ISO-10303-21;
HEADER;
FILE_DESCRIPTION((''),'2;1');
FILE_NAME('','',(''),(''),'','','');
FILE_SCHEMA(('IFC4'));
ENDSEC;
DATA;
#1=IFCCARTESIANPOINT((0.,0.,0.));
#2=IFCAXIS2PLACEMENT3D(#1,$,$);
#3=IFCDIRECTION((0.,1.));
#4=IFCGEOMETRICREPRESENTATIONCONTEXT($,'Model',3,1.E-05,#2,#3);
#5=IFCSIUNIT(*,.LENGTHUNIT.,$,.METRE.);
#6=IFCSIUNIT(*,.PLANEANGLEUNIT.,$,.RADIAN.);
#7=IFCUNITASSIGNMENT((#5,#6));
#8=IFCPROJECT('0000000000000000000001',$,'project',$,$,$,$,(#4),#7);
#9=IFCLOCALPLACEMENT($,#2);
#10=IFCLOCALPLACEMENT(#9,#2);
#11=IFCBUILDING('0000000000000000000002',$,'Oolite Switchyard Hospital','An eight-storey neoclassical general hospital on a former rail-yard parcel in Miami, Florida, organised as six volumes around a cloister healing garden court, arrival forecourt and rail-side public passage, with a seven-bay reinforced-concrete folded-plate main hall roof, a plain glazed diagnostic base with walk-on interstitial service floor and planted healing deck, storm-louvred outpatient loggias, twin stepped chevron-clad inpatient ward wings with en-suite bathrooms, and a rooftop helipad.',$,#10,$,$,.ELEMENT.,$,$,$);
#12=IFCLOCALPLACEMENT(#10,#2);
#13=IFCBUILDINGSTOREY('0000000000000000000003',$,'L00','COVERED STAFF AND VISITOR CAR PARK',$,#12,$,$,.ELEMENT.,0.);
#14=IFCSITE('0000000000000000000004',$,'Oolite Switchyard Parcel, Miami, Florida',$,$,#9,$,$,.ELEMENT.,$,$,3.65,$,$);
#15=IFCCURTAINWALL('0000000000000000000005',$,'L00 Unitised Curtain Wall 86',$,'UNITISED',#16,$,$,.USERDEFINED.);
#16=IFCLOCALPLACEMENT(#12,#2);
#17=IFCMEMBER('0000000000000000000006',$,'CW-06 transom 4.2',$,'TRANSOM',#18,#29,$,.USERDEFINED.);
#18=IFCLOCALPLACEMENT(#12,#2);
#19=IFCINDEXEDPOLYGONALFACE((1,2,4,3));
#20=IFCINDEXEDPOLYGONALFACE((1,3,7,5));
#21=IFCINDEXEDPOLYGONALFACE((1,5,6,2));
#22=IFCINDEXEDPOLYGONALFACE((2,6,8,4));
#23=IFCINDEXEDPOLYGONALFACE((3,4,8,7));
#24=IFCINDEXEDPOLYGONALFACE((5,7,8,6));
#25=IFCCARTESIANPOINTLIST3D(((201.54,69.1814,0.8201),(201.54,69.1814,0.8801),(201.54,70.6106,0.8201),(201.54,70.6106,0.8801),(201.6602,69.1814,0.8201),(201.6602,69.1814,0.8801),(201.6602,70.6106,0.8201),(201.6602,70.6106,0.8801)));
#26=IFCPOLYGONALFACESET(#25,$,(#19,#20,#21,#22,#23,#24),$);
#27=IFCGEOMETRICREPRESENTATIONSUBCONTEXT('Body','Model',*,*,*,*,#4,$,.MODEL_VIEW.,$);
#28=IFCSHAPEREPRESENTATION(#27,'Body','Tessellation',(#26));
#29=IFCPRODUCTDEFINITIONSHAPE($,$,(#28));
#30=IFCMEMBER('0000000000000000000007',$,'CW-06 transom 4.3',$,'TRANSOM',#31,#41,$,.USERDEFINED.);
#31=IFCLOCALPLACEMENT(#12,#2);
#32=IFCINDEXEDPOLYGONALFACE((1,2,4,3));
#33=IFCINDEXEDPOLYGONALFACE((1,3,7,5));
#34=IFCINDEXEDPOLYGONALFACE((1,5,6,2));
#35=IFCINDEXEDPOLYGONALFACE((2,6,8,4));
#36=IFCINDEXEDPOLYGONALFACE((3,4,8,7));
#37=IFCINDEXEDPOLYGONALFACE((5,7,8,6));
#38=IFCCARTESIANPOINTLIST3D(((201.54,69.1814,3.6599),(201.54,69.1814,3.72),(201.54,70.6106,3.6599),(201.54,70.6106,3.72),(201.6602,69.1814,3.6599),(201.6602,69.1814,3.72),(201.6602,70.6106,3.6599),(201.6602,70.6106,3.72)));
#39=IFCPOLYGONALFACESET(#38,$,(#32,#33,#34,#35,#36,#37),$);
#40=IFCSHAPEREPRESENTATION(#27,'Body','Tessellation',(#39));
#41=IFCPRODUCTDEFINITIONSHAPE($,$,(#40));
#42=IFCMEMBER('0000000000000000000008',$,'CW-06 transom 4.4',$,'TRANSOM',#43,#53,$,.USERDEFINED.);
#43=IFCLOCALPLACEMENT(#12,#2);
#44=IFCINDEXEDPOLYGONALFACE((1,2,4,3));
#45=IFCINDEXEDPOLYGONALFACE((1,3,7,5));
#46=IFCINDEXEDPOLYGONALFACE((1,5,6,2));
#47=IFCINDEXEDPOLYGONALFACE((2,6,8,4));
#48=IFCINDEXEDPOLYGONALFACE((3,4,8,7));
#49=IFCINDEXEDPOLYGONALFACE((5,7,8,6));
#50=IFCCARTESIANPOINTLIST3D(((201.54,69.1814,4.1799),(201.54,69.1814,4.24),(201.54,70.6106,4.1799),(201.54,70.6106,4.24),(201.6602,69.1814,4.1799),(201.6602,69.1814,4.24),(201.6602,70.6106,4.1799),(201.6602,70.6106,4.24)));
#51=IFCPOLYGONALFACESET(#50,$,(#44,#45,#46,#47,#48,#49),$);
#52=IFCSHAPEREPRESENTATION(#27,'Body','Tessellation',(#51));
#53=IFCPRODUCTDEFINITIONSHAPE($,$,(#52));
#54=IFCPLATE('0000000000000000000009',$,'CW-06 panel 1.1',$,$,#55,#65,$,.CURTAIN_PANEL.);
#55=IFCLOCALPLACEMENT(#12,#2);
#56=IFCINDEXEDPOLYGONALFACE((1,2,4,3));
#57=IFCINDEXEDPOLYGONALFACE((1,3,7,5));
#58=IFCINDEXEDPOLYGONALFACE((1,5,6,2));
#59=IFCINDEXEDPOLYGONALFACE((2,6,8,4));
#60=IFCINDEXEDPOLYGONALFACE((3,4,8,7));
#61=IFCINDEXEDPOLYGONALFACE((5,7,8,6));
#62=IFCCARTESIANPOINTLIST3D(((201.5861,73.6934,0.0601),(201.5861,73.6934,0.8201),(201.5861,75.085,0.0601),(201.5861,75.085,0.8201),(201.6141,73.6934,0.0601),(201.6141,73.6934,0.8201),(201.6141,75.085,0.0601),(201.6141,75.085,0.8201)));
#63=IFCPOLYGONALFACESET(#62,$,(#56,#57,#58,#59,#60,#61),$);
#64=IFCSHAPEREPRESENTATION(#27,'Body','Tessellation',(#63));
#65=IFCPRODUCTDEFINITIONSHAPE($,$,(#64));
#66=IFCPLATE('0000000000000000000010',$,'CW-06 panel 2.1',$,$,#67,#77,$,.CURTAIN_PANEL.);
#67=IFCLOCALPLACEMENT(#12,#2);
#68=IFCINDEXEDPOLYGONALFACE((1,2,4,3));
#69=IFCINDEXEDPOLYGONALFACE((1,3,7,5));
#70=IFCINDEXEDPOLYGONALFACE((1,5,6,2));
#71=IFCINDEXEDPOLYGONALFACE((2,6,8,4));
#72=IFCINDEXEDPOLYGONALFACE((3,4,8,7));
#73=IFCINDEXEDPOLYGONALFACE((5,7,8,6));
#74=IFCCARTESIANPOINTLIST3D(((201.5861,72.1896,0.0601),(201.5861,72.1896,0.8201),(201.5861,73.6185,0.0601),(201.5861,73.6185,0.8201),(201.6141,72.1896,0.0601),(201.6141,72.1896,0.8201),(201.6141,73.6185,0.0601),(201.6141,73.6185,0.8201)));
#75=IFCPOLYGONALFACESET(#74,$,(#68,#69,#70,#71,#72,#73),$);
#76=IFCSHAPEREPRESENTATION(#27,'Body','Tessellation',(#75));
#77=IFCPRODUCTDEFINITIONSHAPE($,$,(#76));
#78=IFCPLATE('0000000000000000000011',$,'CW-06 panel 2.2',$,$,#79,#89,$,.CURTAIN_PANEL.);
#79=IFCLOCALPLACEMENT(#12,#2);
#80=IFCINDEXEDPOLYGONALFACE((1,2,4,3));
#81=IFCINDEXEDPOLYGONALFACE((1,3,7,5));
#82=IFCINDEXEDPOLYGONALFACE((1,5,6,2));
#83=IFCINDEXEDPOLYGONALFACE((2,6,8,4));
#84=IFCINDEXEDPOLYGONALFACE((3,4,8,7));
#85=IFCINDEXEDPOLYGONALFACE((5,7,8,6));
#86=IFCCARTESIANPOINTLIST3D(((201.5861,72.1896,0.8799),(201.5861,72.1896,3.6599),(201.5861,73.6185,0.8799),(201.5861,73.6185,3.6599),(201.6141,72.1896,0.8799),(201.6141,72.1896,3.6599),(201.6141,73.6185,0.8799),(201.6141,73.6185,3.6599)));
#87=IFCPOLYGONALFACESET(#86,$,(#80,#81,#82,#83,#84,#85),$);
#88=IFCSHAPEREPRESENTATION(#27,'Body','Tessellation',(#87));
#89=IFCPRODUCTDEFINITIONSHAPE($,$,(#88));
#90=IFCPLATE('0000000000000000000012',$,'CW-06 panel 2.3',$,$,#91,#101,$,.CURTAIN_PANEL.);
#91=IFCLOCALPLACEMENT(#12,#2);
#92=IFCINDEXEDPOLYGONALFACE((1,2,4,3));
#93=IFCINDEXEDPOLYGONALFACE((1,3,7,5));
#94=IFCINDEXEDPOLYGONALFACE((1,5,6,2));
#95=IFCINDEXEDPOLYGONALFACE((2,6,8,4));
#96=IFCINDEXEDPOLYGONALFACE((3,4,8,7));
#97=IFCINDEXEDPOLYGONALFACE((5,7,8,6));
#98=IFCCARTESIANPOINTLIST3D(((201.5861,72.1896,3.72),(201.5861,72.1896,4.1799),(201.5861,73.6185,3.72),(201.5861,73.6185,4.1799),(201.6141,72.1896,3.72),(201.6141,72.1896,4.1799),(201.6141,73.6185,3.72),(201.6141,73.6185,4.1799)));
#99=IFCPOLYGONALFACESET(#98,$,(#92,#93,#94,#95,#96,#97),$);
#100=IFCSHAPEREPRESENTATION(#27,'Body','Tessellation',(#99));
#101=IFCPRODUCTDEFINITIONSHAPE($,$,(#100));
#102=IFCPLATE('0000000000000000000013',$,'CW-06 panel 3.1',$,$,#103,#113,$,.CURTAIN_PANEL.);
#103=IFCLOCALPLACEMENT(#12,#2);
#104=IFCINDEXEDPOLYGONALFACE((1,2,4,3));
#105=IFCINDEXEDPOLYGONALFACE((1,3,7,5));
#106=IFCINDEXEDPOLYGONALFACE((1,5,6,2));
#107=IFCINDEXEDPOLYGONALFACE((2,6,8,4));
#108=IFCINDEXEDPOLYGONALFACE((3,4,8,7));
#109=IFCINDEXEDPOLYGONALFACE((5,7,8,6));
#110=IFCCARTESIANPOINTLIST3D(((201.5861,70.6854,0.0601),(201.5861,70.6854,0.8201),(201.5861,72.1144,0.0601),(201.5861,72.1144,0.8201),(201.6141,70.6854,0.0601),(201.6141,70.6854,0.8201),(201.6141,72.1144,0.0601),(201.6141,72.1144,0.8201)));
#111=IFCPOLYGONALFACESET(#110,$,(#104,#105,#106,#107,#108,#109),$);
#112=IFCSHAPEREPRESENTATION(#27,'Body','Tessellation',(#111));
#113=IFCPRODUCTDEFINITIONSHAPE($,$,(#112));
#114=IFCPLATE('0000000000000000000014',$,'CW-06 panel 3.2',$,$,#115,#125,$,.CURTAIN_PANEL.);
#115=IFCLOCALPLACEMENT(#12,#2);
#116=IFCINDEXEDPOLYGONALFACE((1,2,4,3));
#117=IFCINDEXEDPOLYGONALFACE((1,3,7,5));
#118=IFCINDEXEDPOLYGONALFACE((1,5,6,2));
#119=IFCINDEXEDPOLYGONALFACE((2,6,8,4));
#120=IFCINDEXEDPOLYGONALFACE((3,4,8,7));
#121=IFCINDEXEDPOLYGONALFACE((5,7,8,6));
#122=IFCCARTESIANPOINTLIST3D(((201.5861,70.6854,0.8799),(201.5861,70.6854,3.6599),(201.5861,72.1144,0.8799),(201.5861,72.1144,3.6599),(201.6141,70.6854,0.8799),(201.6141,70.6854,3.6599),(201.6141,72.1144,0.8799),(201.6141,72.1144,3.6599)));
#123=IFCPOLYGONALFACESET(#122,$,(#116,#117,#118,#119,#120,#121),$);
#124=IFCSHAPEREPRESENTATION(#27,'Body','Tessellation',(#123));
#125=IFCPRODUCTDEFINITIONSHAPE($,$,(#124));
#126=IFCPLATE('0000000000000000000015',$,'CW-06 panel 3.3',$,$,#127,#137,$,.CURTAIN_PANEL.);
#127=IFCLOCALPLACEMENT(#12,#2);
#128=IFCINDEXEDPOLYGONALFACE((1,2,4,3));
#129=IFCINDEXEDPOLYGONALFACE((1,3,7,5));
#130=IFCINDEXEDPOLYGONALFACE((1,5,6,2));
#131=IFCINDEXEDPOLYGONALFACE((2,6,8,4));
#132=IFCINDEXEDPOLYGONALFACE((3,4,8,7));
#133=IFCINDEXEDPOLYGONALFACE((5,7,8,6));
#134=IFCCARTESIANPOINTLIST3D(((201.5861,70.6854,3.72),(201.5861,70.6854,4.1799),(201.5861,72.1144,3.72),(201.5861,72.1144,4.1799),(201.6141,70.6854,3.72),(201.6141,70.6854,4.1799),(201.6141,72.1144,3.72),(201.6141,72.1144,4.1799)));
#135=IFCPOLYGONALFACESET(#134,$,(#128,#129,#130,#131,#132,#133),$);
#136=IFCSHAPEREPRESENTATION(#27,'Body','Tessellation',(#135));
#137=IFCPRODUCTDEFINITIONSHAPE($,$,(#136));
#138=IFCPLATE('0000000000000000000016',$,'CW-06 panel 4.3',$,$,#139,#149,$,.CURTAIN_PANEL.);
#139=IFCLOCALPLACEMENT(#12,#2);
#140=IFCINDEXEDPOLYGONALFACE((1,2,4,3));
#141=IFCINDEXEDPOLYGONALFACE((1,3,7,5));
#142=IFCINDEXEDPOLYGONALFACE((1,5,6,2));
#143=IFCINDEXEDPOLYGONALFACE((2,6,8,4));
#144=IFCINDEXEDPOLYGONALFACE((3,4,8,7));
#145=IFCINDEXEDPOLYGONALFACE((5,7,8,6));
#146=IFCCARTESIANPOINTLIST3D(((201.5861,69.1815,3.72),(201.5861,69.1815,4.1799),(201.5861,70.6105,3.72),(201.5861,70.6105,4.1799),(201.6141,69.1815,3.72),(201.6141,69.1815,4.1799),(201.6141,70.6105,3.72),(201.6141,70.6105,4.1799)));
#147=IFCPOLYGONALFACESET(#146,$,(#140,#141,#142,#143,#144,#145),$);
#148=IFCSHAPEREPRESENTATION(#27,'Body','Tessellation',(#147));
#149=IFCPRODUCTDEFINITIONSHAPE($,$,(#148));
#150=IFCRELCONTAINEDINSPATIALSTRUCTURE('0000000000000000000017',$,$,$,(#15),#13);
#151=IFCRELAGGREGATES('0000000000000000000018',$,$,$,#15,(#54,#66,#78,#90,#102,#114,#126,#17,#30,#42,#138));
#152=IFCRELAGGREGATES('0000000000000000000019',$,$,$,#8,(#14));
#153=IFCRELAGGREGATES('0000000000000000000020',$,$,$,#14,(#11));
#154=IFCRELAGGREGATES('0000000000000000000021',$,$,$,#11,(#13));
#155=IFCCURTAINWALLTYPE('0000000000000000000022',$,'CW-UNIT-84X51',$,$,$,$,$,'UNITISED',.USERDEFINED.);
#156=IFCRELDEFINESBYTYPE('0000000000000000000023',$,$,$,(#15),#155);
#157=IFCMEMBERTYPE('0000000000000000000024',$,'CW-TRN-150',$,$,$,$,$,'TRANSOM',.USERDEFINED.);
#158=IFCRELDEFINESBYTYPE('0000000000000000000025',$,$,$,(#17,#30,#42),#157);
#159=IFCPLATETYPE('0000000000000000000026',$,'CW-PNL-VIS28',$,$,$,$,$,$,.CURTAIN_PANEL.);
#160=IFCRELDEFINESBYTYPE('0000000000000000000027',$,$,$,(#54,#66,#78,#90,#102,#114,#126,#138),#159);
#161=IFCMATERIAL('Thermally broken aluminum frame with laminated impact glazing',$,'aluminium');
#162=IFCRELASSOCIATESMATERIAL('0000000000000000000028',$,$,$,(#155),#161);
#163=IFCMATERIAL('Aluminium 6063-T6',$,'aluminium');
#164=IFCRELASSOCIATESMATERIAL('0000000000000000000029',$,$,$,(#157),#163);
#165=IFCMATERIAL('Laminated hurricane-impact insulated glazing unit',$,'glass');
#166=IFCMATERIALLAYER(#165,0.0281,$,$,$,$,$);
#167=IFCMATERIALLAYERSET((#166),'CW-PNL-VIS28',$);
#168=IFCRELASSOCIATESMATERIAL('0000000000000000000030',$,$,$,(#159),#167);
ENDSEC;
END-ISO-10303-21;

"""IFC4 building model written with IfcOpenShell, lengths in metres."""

from ifc_helpers import new_model, si_unit, direction, frame, origin, origin_2d, place, context, subcontext, project, spatial, rectangle, extrude, material, layer, layer_set, material_profile, profile_set, type_object, element, aggregate, save


model = new_model("IFC4")

# Units and contexts
model_context = context("Model", 3, precision=1e-05, world=origin(), true_north=direction((0.0, 1.0)))
body_context = subcontext(model_context, "Body", "Model", "MODEL_VIEW")
ifc_project = project(units=[si_unit("LENGTHUNIT", "METRE"), si_unit("PLANEANGLEUNIT", "RADIAN")], contexts=[model_context])

# Site, building, storey
site_placement = place(None, origin())
site = spatial("IfcSite", under=ifc_project, at=site_placement, Name="Oolite Switchyard Parcel, Miami, Florida", CompositionType="ELEMENT", RefElevation=3.65)
building_placement = place(site_placement, origin())
building = spatial("IfcBuilding", under=site, at=building_placement, Name="Oolite Switchyard Hospital", Description="An eight-storey neoclassical general hospital on a former rail-yard parcel in Miami, Florida, organised as six volumes around a cloister healing garden court, arrival forecourt and rail-side public passage, with a seven-bay reinforced-concrete folded-plate main hall roof, a plain glazed diagnostic base with walk-on interstitial service floor and planted healing deck, storm-louvred outpatient loggias, twin stepped chevron-clad inpatient ward wings with en-suite bathrooms, and a rooftop helipad.", CompositionType="ELEMENT")
storey_placement = place(building_placement, origin())
storey = spatial("IfcBuildingStorey", under=building, at=storey_placement, Name="L00", Description="COVERED STAFF AND VISITOR CAR PARK", CompositionType="ELEMENT", Elevation=0.0)

# Curtain wall, members, plates
ifc_material_1 = material(Name="Thermally broken aluminum frame with laminated impact glazing", Category="aluminium")
curtain_wall_type = type_object("IfcCurtainWallType", Name="CW-UNIT-84X51", ElementType="UNITISED", PredefinedType="USERDEFINED", material=ifc_material_1)
curtain_wall_placement = place(storey_placement, origin())
curtain_wall = element("IfcCurtainWall", 1, at=curtain_wall_placement, inside=storey, type_object=curtain_wall_type, Name="L00 Unitised Curtain Wall 86", ObjectType="UNITISED", PredefinedType="USERDEFINED")
ifc_material_2 = material(Name="Aluminium 6063-T6", Category="aluminium")
ifc_material_profile_1 = material_profile(ifc_material_2, rectangle(XDim=0.1201, YDim=0.0601, at=origin_2d()), Name="CWT60X120")
ifc_profile_set_1 = profile_set([ifc_material_profile_1], Name="Aluminium 6063-T6")
member_type_1 = type_object("IfcMemberType", Name="CW-TRN-150", ElementType="TRANSOM", PredefinedType="USERDEFINED", material=ifc_profile_set_1)
member_1_placement = place(storey_placement, frame((201.6001, 70.6106, 0.8501), z_axis=(0.0, -1.0, 0.0), x_axis=(1.0, 0.0, 0.0)))
member_1 = element("IfcMember", 2, at=member_1_placement, type_object=member_type_1, Name="CW-06 transom 4.2", ObjectType="TRANSOM", PredefinedType="USERDEFINED", context=body_context, shape_type="SweptSolid", body=[
    extrude(rectangle(XDim=0.1201, YDim=0.0601, at=origin_2d()), origin(), (0.0, 0.0, 1.0), 1.4292),
])
member_2_placement = place(storey_placement, frame((201.6001, 70.6106, 3.6899), z_axis=(0.0, -1.0, 0.0), x_axis=(1.0, 0.0, 0.0)))
member_2 = element("IfcMember", 3, at=member_2_placement, type_object=member_type_1, Name="CW-06 transom 4.3", ObjectType="TRANSOM", PredefinedType="USERDEFINED", context=body_context, shape_type="SweptSolid", body=[
    extrude(rectangle(XDim=0.1201, YDim=0.0601, at=origin_2d()), origin(), (0.0, 0.0, 1.0), 1.4292),
])
member_3_placement = place(storey_placement, frame((201.6001, 70.6106, 4.21), z_axis=(0.0, -1.0, 0.0), x_axis=(1.0, 0.0, 0.0)))
member_3 = element("IfcMember", 4, at=member_3_placement, type_object=member_type_1, Name="CW-06 transom 4.4", ObjectType="TRANSOM", PredefinedType="USERDEFINED", context=body_context, shape_type="SweptSolid", body=[
    extrude(rectangle(XDim=0.1201, YDim=0.0601, at=origin_2d()), origin(), (0.0, 0.0, 1.0), 1.4292),
])
ifc_material_3 = material(Name="Laminated hurricane-impact insulated glazing unit", Category="glass")
ifc_layer = layer(ifc_material_3, 0.0281)
ifc_layer_set = layer_set([ifc_layer], Name="CW-PNL-VIS28")
plate_type = type_object("IfcPlateType", Name="CW-PNL-VIS28", PredefinedType="CURTAIN_PANEL", material=ifc_layer_set)
plate_1_placement = place(storey_placement, frame((201.6001, 74.3892, 0.0601), z_axis=(0.0, 0.0, 1.0), x_axis=(0.0, -1.0, 0.0)))
plate_1 = element("IfcPlate", 5, at=plate_1_placement, type_object=plate_type, Name="CW-06 panel 1.1", PredefinedType="CURTAIN_PANEL", context=body_context, shape_type="SweptSolid", body=[
    extrude(rectangle(XDim=1.3916, YDim=0.0281, at=origin_2d()), origin(), (0.0, 0.0, 1.0), 0.76),
])
plate_2_placement = place(storey_placement, frame((201.6001, 72.9041, 0.0601), z_axis=(0.0, 0.0, 1.0), x_axis=(0.0, -1.0, 0.0)))
plate_2 = element("IfcPlate", 6, at=plate_2_placement, type_object=plate_type, Name="CW-06 panel 2.1", PredefinedType="CURTAIN_PANEL", context=body_context, shape_type="SweptSolid", body=[
    extrude(rectangle(XDim=1.429, YDim=0.0281, at=origin_2d()), origin(), (0.0, 0.0, 1.0), 0.76),
])
plate_3_placement = place(storey_placement, frame((201.6001, 72.9041, 0.8799), z_axis=(0.0, 0.0, 1.0), x_axis=(0.0, -1.0, 0.0)))
plate_3 = element("IfcPlate", 7, at=plate_3_placement, type_object=plate_type, Name="CW-06 panel 2.2", PredefinedType="CURTAIN_PANEL", context=body_context, shape_type="SweptSolid", body=[
    extrude(rectangle(XDim=1.429, YDim=0.0281, at=origin_2d()), origin(), (0.0, 0.0, 1.0), 2.78),
])
plate_4_placement = place(storey_placement, frame((201.6001, 72.9041, 3.72), z_axis=(0.0, 0.0, 1.0), x_axis=(0.0, -1.0, 0.0)))
plate_4 = element("IfcPlate", 8, at=plate_4_placement, type_object=plate_type, Name="CW-06 panel 2.3", PredefinedType="CURTAIN_PANEL", context=body_context, shape_type="SweptSolid", body=[
    extrude(rectangle(XDim=1.429, YDim=0.0281, at=origin_2d()), origin(), (0.0, 0.0, 1.0), 0.46),
])
plate_5_placement = place(storey_placement, frame((201.6001, 71.3999, 0.0601), z_axis=(0.0, 0.0, 1.0), x_axis=(0.0, -1.0, 0.0)))
plate_5 = element("IfcPlate", 9, at=plate_5_placement, type_object=plate_type, Name="CW-06 panel 3.1", PredefinedType="CURTAIN_PANEL", context=body_context, shape_type="SweptSolid", body=[
    extrude(rectangle(XDim=1.429, YDim=0.0281, at=origin_2d()), origin(), (0.0, 0.0, 1.0), 0.76),
])
plate_6_placement = place(storey_placement, frame((201.6001, 71.3999, 0.8799), z_axis=(0.0, 0.0, 1.0), x_axis=(0.0, -1.0, 0.0)))
plate_6 = element("IfcPlate", 10, at=plate_6_placement, type_object=plate_type, Name="CW-06 panel 3.2", PredefinedType="CURTAIN_PANEL", context=body_context, shape_type="SweptSolid", body=[
    extrude(rectangle(XDim=1.429, YDim=0.0281, at=origin_2d()), origin(), (0.0, 0.0, 1.0), 2.78),
])
plate_7_placement = place(storey_placement, frame((201.6001, 71.3999, 3.72), z_axis=(0.0, 0.0, 1.0), x_axis=(0.0, -1.0, 0.0)))
plate_7 = element("IfcPlate", 11, at=plate_7_placement, type_object=plate_type, Name="CW-06 panel 3.3", PredefinedType="CURTAIN_PANEL", context=body_context, shape_type="SweptSolid", body=[
    extrude(rectangle(XDim=1.429, YDim=0.0281, at=origin_2d()), origin(), (0.0, 0.0, 1.0), 0.46),
])
plate_8_placement = place(storey_placement, frame((201.6001, 69.896, 3.72), z_axis=(0.0, 0.0, 1.0), x_axis=(0.0, -1.0, 0.0)))
plate_8 = element("IfcPlate", 12, at=plate_8_placement, type_object=plate_type, Name="CW-06 panel 4.3", PredefinedType="CURTAIN_PANEL", context=body_context, shape_type="SweptSolid", body=[
    extrude(rectangle(XDim=1.429, YDim=0.0281, at=origin_2d()), origin(), (0.0, 0.0, 1.0), 0.46),
])
aggregate(curtain_wall, [plate_1, plate_2, plate_3, plate_4, plate_5, plate_6, plate_7, member_1, member_2, member_3, plate_8])

save(model, "model.ifc")
